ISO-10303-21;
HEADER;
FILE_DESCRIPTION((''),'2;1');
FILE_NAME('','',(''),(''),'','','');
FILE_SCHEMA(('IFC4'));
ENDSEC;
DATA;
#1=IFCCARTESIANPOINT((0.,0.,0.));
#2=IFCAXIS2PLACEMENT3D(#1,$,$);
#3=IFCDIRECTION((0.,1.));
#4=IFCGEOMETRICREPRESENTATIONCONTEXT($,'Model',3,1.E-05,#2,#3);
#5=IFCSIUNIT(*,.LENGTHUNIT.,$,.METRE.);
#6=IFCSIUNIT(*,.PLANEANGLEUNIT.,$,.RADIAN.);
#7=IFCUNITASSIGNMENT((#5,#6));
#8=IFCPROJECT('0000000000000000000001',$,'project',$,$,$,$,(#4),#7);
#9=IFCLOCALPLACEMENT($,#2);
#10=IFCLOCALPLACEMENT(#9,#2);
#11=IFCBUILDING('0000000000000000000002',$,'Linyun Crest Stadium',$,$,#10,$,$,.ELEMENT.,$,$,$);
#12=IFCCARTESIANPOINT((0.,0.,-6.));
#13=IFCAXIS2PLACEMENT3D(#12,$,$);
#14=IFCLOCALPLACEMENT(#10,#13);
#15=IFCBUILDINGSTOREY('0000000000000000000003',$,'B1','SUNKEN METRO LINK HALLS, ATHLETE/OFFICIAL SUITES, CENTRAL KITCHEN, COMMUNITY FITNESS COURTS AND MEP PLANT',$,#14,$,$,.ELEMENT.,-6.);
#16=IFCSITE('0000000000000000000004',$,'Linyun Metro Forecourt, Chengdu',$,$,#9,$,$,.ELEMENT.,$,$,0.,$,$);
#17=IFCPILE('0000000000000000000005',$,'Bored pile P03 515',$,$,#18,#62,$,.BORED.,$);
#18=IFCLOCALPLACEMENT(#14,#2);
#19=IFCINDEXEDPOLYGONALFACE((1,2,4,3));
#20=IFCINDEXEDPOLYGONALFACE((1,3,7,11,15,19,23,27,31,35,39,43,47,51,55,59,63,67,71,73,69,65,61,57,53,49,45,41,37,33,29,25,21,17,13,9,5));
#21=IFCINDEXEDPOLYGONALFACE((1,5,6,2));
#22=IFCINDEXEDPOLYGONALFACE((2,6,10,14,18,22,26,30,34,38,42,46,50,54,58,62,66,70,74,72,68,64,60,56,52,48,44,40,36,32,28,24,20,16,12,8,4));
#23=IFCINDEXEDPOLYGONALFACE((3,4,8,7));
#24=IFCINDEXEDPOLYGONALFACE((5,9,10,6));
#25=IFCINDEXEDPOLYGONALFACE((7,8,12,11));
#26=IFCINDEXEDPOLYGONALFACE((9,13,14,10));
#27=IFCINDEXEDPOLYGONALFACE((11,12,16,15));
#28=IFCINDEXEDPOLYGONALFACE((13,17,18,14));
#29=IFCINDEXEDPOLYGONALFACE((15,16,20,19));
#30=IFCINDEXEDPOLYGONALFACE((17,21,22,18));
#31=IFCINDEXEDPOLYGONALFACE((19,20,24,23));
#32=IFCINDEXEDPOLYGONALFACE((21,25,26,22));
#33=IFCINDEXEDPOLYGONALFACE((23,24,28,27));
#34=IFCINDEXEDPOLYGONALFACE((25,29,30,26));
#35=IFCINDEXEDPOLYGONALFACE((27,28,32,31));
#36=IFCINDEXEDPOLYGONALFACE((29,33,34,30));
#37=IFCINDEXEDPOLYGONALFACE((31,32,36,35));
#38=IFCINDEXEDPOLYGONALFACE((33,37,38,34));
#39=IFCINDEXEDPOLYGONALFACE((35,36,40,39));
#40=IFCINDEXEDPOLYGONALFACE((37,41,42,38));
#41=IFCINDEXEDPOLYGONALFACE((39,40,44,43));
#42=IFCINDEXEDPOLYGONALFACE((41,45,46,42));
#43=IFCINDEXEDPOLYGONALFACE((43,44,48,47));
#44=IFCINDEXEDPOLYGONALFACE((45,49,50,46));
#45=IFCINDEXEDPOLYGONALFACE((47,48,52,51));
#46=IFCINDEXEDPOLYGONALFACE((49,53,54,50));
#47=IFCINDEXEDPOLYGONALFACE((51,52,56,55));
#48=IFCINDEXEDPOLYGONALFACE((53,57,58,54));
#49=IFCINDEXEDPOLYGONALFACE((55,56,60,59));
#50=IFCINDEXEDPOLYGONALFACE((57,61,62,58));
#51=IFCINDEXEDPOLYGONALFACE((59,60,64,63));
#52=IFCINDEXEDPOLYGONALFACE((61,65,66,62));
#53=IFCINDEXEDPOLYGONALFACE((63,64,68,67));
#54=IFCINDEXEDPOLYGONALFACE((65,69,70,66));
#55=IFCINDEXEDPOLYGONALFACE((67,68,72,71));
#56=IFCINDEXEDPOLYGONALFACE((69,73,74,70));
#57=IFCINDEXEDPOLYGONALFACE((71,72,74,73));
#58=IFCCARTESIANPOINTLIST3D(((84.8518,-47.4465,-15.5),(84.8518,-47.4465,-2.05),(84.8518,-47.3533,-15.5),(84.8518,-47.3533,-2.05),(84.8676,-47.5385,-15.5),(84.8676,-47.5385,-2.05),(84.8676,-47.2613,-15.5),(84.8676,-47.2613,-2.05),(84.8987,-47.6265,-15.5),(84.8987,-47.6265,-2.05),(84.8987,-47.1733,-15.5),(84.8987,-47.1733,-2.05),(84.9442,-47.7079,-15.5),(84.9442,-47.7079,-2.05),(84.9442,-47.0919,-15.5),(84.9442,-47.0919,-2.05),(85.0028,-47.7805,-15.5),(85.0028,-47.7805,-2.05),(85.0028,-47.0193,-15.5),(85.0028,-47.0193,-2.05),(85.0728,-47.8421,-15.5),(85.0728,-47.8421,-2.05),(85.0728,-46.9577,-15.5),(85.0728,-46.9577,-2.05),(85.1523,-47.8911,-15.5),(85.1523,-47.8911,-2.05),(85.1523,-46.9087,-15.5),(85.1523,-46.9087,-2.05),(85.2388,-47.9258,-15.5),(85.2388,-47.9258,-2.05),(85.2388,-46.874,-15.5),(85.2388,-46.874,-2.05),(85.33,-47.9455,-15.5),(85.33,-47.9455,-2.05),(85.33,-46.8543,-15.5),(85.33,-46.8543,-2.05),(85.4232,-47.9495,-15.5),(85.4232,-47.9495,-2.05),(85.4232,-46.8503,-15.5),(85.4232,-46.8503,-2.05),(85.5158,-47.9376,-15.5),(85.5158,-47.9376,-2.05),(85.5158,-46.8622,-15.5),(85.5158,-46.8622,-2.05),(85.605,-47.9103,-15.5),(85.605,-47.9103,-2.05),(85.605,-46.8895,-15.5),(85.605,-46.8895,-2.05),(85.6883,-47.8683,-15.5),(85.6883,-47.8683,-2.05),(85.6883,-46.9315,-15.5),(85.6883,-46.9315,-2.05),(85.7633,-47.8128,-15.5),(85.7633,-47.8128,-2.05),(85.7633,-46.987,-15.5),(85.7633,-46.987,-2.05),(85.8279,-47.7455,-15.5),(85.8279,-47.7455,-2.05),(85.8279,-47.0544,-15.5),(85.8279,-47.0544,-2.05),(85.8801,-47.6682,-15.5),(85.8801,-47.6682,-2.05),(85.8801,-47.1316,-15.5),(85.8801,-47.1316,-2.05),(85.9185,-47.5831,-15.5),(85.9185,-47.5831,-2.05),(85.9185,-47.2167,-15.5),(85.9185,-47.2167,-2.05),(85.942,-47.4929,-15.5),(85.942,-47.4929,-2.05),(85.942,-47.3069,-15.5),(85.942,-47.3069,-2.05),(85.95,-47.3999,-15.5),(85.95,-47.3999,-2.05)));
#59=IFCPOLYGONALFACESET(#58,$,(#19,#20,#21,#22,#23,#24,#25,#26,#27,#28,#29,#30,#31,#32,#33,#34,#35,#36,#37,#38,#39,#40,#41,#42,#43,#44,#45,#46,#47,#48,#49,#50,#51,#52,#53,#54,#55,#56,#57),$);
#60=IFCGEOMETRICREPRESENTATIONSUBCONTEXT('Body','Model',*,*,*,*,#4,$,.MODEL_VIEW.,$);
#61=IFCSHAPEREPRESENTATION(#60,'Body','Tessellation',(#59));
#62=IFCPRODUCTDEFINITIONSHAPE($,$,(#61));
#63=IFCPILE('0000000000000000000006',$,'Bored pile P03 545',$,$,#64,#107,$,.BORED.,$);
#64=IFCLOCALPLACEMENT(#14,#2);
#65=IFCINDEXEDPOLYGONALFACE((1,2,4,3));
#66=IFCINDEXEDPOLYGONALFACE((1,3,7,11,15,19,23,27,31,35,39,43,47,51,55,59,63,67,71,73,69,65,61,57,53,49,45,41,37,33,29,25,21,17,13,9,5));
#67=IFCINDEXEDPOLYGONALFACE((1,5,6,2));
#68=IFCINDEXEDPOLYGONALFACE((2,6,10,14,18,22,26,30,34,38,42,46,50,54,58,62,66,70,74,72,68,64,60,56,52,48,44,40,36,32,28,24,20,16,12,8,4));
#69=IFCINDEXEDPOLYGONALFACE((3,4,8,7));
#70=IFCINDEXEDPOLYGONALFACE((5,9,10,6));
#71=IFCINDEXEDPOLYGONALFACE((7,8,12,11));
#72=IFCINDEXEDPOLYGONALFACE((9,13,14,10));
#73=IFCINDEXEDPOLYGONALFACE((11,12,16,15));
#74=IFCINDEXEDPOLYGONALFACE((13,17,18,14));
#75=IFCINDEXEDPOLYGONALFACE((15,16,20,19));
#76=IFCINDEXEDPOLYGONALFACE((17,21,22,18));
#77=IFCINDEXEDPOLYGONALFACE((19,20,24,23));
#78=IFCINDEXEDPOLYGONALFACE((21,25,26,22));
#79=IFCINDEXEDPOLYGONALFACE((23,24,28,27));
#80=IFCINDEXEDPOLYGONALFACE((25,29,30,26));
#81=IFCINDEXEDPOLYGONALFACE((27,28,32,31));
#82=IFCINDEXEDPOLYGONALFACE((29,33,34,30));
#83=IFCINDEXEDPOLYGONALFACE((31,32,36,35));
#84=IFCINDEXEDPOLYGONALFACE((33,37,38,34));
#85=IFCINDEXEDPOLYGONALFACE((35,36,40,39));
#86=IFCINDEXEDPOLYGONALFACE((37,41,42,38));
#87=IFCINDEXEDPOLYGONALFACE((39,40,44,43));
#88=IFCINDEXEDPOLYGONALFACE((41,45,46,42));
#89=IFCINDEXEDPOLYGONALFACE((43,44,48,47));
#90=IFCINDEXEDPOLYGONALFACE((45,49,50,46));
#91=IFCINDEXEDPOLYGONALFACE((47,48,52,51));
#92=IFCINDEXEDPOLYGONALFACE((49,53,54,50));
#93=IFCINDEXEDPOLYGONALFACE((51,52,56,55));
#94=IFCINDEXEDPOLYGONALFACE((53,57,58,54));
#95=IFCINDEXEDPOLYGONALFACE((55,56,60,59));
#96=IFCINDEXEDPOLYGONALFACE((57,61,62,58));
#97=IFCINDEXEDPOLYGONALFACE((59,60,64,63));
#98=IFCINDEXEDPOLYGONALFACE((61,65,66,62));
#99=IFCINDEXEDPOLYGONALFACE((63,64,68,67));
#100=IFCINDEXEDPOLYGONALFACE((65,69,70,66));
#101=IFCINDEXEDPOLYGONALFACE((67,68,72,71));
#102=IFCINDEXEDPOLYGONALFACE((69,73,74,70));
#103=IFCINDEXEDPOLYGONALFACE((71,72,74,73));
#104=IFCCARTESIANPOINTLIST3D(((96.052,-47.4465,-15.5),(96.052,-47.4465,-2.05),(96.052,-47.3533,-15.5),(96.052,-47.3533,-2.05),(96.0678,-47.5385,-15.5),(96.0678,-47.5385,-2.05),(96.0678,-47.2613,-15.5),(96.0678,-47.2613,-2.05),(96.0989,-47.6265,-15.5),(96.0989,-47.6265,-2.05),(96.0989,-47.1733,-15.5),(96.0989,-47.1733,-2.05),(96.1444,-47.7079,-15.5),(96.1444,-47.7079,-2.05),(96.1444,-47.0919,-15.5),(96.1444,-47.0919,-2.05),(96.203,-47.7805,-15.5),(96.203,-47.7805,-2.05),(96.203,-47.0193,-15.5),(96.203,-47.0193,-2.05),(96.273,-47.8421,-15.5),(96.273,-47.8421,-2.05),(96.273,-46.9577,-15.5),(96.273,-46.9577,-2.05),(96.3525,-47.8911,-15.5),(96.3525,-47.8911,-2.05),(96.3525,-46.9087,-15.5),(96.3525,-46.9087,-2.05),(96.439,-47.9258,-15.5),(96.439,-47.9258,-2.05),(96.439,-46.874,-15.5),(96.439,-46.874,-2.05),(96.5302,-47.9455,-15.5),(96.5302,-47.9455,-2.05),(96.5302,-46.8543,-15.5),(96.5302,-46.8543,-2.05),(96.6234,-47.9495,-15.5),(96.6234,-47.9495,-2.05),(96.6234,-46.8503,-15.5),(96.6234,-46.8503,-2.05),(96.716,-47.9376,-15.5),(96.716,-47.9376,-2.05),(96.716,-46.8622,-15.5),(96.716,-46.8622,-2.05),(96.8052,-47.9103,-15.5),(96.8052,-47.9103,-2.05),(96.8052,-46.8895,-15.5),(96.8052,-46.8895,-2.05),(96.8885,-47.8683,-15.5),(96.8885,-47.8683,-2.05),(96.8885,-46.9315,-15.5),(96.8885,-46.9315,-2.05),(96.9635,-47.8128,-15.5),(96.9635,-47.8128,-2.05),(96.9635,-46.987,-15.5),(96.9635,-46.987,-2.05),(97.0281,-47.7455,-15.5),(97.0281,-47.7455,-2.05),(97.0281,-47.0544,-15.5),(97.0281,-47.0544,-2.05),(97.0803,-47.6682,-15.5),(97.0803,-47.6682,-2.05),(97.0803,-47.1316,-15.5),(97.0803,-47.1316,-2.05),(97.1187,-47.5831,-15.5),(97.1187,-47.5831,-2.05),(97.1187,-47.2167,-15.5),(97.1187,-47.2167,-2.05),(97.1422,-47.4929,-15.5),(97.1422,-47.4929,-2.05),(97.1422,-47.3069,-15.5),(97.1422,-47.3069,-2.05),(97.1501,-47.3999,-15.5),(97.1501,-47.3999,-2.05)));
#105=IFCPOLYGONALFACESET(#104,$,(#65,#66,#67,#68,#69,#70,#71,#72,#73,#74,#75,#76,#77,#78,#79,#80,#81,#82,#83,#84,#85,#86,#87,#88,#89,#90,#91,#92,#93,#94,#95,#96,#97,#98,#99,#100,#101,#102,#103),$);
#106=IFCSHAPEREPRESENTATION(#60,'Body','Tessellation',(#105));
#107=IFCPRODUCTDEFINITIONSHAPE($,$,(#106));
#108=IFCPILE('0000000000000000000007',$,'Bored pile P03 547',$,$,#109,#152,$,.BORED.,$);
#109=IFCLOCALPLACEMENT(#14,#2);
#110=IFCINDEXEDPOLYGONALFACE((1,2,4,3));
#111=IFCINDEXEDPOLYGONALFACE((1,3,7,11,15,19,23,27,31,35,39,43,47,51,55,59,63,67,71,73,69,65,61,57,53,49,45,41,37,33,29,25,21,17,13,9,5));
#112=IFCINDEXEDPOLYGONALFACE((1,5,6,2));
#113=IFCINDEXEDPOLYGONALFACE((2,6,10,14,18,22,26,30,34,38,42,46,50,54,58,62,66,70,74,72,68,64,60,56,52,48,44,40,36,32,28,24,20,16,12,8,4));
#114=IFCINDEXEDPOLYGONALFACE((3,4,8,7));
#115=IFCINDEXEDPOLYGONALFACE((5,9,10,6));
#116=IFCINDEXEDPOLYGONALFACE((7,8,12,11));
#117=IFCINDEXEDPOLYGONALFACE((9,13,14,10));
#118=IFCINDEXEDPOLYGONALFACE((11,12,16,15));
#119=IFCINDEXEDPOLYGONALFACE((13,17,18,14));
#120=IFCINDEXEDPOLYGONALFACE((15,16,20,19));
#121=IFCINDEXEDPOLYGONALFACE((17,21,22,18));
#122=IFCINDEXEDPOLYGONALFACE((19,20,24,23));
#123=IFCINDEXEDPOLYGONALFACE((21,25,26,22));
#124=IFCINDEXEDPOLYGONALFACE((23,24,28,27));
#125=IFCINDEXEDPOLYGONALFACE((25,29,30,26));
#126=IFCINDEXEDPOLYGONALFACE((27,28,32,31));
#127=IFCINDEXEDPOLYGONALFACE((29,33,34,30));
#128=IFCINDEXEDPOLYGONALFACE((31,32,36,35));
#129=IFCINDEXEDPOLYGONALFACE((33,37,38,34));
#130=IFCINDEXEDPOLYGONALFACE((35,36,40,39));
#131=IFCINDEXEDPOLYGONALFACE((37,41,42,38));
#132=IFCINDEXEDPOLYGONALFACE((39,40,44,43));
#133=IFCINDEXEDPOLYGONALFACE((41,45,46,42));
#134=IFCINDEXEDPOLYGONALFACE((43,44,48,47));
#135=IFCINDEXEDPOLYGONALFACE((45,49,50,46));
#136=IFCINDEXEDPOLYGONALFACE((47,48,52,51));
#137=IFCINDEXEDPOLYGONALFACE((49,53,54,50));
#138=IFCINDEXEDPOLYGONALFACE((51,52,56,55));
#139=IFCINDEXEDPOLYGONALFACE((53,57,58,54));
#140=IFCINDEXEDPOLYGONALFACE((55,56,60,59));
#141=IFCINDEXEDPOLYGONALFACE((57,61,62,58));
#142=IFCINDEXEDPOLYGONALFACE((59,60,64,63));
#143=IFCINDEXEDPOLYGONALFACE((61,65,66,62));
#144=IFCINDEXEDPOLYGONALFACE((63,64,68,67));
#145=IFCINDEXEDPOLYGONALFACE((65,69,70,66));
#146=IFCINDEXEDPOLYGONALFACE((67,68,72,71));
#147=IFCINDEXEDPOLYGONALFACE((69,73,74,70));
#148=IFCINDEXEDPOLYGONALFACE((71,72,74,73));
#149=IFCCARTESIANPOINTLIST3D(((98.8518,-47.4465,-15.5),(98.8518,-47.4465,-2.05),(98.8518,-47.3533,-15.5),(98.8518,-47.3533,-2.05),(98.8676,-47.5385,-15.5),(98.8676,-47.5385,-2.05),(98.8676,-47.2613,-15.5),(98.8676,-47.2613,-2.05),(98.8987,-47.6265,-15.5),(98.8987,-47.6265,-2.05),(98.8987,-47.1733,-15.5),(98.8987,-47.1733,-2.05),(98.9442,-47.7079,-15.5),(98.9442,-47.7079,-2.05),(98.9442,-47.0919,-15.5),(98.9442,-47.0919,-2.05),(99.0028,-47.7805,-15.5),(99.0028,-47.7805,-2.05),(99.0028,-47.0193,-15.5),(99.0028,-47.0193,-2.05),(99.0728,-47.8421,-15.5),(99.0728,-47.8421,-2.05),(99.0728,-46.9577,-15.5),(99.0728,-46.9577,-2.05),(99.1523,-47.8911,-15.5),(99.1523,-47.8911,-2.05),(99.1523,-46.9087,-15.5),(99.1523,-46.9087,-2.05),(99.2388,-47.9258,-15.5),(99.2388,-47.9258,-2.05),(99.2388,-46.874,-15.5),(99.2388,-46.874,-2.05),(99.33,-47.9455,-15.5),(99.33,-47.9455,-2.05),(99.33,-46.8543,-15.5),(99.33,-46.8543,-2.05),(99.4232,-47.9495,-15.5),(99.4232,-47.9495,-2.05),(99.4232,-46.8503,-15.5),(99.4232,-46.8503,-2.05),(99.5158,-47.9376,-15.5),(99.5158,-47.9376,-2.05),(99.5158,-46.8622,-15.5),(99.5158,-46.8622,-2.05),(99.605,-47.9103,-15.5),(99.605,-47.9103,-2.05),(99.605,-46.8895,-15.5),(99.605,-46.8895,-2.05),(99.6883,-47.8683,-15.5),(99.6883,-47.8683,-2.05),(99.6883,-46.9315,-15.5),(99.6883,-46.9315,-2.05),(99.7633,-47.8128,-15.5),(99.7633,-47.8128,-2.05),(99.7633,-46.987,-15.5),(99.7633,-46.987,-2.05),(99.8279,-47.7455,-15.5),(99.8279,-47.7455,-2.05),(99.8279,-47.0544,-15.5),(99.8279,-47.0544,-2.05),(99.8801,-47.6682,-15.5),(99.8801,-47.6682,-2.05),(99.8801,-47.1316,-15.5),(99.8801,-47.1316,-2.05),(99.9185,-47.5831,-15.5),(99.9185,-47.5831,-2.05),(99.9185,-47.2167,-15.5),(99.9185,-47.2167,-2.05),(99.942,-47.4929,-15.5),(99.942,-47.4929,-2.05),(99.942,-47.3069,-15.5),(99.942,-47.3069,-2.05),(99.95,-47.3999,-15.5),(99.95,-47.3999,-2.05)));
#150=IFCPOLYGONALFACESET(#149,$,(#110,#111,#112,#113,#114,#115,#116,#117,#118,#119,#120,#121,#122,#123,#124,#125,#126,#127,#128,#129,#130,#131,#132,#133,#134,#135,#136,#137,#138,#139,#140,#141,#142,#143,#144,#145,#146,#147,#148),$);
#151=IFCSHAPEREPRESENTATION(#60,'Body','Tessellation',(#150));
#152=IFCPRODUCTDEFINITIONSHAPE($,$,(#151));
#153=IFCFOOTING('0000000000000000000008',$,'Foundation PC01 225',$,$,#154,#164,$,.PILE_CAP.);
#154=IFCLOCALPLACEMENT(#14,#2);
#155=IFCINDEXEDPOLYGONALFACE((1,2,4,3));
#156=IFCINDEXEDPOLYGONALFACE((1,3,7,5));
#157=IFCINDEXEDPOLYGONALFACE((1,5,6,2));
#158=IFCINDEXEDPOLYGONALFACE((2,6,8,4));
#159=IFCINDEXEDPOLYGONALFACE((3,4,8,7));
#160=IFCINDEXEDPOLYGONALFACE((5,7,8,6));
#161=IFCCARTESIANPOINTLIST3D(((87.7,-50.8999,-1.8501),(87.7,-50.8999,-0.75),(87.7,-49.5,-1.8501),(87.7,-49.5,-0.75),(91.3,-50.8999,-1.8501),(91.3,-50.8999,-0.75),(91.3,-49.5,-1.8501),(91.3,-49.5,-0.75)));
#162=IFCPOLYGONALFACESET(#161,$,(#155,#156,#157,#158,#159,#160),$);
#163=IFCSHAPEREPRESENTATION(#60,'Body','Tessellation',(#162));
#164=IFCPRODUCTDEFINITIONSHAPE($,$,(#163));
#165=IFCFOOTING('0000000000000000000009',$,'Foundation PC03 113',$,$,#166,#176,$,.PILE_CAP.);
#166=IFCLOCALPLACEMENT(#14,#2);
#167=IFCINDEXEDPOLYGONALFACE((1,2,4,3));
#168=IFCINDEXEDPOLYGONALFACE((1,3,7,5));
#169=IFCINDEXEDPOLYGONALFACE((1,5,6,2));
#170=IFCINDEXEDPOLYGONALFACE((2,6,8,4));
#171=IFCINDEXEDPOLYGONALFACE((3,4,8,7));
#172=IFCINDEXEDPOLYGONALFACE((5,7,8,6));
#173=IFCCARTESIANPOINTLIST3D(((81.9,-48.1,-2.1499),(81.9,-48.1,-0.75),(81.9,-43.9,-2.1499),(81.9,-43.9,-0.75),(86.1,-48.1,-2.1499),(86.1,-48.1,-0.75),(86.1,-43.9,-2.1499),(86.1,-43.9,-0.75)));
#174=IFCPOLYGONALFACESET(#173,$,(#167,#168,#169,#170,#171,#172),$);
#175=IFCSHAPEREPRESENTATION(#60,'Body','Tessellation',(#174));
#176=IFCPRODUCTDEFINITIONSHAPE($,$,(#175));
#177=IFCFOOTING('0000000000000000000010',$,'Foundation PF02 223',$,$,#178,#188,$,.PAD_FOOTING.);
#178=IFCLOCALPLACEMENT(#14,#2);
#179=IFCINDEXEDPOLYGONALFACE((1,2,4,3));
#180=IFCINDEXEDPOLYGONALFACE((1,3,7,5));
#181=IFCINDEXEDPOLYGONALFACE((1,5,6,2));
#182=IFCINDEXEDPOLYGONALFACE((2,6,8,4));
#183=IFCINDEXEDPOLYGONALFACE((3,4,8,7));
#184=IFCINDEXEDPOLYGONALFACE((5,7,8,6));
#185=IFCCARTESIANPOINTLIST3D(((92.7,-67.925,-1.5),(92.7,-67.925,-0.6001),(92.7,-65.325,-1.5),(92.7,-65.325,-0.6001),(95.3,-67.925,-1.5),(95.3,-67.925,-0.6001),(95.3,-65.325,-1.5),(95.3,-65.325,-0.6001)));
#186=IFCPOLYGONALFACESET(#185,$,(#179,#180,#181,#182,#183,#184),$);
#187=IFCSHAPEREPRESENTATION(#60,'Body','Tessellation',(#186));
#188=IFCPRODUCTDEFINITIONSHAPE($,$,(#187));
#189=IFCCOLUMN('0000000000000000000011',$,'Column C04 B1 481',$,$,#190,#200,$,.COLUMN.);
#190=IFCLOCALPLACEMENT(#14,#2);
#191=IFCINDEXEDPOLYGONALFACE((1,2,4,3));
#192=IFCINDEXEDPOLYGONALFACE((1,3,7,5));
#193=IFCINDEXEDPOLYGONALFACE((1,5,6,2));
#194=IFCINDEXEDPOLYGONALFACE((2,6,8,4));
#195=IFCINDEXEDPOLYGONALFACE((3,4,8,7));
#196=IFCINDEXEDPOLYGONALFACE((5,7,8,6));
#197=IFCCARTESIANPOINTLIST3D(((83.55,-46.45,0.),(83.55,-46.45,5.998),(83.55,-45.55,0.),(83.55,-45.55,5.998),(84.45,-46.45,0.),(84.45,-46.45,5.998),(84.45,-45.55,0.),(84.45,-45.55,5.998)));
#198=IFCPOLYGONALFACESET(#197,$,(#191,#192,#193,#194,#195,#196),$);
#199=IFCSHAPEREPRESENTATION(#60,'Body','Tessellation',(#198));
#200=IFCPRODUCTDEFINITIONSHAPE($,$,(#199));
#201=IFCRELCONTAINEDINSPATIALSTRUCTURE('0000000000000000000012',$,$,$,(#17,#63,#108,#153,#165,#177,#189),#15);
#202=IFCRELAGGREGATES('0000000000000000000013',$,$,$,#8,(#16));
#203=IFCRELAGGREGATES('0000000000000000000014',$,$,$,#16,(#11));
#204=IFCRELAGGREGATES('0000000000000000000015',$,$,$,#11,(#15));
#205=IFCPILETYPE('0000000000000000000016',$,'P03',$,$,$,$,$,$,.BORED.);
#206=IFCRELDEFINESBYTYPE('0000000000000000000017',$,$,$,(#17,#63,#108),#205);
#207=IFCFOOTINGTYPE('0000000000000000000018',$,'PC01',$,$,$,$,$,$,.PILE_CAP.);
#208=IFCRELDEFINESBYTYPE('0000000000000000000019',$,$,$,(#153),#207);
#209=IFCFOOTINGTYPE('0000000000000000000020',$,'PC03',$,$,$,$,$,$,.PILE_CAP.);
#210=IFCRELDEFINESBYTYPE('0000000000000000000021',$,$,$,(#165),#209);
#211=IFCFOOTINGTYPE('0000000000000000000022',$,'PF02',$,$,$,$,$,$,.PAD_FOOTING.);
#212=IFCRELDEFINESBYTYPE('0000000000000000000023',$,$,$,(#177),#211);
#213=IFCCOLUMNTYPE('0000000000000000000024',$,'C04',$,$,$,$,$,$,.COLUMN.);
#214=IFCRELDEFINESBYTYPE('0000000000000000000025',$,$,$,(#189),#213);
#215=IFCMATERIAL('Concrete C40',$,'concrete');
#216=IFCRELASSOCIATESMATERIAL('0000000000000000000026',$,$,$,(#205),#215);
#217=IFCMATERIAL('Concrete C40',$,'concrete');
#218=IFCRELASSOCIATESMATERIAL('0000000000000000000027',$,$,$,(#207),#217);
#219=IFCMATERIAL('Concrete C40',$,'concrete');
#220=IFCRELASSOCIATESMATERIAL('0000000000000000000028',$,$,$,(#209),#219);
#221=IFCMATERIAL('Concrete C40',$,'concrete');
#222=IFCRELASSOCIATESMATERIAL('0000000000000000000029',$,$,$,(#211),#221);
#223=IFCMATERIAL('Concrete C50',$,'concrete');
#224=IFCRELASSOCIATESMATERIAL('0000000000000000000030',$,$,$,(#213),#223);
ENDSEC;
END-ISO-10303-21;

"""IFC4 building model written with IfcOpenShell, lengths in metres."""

from ifc_helpers import new_model, si_unit, direction, frame, origin, origin_2d, place, context, subcontext, project, spatial, rectangle, circle, extrude, material, material_profile, profile_set, type_object, element, save


model = new_model("IFC4")

# Units and contexts
model_context = context("Model", 3, precision=1e-05, world=origin(), true_north=direction((0.0, 1.0)))
body_context = subcontext(model_context, "Body", "Model", "MODEL_VIEW")
ifc_project = project(units=[si_unit("LENGTHUNIT", "METRE"), si_unit("PLANEANGLEUNIT", "RADIAN")], contexts=[model_context])

# Site, building, storey
site_placement = place(None, origin())
site = spatial("IfcSite", under=ifc_project, at=site_placement, Name="Linyun Metro Forecourt, Chengdu", CompositionType="ELEMENT", RefElevation=0.0)
building_placement = place(site_placement, origin())
building = spatial("IfcBuilding", under=site, at=building_placement, Name="Linyun Crest Stadium", CompositionType="ELEMENT")
storey_placement = place(building_placement, frame((0.0, 0.0, -6.0)))
storey = spatial("IfcBuildingStorey", under=building, at=storey_placement, Name="B1", Description="SUNKEN METRO LINK HALLS, ATHLETE/OFFICIAL SUITES, CENTRAL KITCHEN, COMMUNITY FITNESS COURTS AND MEP PLANT", CompositionType="ELEMENT", Elevation=-6.0)

# Piles
ifc_material_1 = material(Name="Concrete C40", Category="concrete")
ifc_material_profile_1 = material_profile(ifc_material_1, circle(Radius=0.55, at=origin_2d()), Name="BORED PILE 1100")
ifc_profile_set_1 = profile_set([ifc_material_profile_1], Name="Concrete C40")
pile_type_1 = type_object("IfcPileType", Name="P03", PredefinedType="BORED", material=ifc_profile_set_1)
for number, where, z_axis, x_axis, name in (
    (1, (85.3999, -47.3999, -2.05), (0.0, 0.0, -1.0), (1.0, 0.0, 0.0), "Bored pile P03 515"),
    (2, (96.6001, -47.3999, -2.05), (0.0, 0.0, -1.0), (1.0, 0.0, 0.0), "Bored pile P03 545"),
    (3, (99.3999, -47.3999, -2.05), (0.0, 0.0, -1.0), (1.0, 0.0, 0.0), "Bored pile P03 547"),
):
    element("IfcPile", number, at=place(storey_placement, frame(where, z_axis=z_axis, x_axis=x_axis)), inside=storey, type_object=pile_type_1, Name=name, PredefinedType="BORED", context=body_context, shape_type="SweptSolid", body=[
        extrude(circle(Radius=0.55, at=origin_2d()), origin(), (0.0, 0.0, 1.0), 13.45),
    ])

# Footings
ifc_material_2 = material(Name="Concrete C40", Category="concrete")
footing_type_1 = type_object("IfcFootingType", Name="PC01", PredefinedType="PILE_CAP", material=ifc_material_2)
footing_1_placement = place(storey_placement, frame((89.5, -50.2, -1.8501), z_axis=(0.0, 0.0, 1.0), x_axis=(1.0, 0.0, 0.0)))
element("IfcFooting", 4, at=footing_1_placement, inside=storey, type_object=footing_type_1, Name="Foundation PC01 225", PredefinedType="PILE_CAP", context=body_context, shape_type="SweptSolid", body=[
    extrude(rectangle(XDim=3.6001, YDim=1.3999, at=origin_2d()), origin(), (0.0, 0.0, 1.0), 1.1001),
])
ifc_material_3 = material(Name="Concrete C40", Category="concrete")
footing_type_2 = type_object("IfcFootingType", Name="PC03", PredefinedType="PILE_CAP", material=ifc_material_3)
footing_2_placement = place(storey_placement, frame((84.0, -46.0, -2.1499), z_axis=(0.0, 0.0, 1.0), x_axis=(1.0, 0.0, 0.0)))
element("IfcFooting", 5, at=footing_2_placement, inside=storey, type_object=footing_type_2, Name="Foundation PC03 113", PredefinedType="PILE_CAP", context=body_context, shape_type="SweptSolid", body=[
    extrude(rectangle(XDim=4.2, YDim=4.2, at=origin_2d()), origin(), (0.0, 0.0, 1.0), 1.3999),
])
ifc_material_4 = material(Name="Concrete C40", Category="concrete")
footing_type_3 = type_object("IfcFootingType", Name="PF02", PredefinedType="PAD_FOOTING", material=ifc_material_4)
footing_3_placement = place(storey_placement, frame((94.0, -66.625, -1.5), z_axis=(0.0, 0.0, 1.0), x_axis=(1.0, 0.0, 0.0)))
element("IfcFooting", 6, at=footing_3_placement, inside=storey, type_object=footing_type_3, Name="Foundation PF02 223", PredefinedType="PAD_FOOTING", context=body_context, shape_type="SweptSolid", body=[
    extrude(rectangle(XDim=2.6001, YDim=2.6001, at=origin_2d()), origin(), (0.0, 0.0, 1.0), 0.8999),
])

# Column
ifc_material_5 = material(Name="Concrete C50", Category="concrete")
ifc_material_profile_2 = material_profile(ifc_material_5, rectangle(XDim=0.8999, YDim=0.8999, at=origin_2d()), Name="RC 900x900")
ifc_profile_set_2 = profile_set([ifc_material_profile_2], Name="Concrete C50")
column_type_1 = type_object("IfcColumnType", Name="C04", PredefinedType="COLUMN", material=ifc_profile_set_2)
column_placement = place(storey_placement, frame((84.0, -46.0, 0.0), z_axis=(0.0, 0.0, 1.0), x_axis=(1.0, 0.0, 0.0)))
element("IfcColumn", 7, at=column_placement, inside=storey, type_object=column_type_1, Name="Column C04 B1 481", PredefinedType="COLUMN", context=body_context, shape_type="SweptSolid", body=[
    extrude(rectangle(XDim=0.8999, YDim=0.8999, at=origin_2d()), origin(), (0.0, 0.0, 1.0), 5.998),
])

save(model, "model.ifc")
